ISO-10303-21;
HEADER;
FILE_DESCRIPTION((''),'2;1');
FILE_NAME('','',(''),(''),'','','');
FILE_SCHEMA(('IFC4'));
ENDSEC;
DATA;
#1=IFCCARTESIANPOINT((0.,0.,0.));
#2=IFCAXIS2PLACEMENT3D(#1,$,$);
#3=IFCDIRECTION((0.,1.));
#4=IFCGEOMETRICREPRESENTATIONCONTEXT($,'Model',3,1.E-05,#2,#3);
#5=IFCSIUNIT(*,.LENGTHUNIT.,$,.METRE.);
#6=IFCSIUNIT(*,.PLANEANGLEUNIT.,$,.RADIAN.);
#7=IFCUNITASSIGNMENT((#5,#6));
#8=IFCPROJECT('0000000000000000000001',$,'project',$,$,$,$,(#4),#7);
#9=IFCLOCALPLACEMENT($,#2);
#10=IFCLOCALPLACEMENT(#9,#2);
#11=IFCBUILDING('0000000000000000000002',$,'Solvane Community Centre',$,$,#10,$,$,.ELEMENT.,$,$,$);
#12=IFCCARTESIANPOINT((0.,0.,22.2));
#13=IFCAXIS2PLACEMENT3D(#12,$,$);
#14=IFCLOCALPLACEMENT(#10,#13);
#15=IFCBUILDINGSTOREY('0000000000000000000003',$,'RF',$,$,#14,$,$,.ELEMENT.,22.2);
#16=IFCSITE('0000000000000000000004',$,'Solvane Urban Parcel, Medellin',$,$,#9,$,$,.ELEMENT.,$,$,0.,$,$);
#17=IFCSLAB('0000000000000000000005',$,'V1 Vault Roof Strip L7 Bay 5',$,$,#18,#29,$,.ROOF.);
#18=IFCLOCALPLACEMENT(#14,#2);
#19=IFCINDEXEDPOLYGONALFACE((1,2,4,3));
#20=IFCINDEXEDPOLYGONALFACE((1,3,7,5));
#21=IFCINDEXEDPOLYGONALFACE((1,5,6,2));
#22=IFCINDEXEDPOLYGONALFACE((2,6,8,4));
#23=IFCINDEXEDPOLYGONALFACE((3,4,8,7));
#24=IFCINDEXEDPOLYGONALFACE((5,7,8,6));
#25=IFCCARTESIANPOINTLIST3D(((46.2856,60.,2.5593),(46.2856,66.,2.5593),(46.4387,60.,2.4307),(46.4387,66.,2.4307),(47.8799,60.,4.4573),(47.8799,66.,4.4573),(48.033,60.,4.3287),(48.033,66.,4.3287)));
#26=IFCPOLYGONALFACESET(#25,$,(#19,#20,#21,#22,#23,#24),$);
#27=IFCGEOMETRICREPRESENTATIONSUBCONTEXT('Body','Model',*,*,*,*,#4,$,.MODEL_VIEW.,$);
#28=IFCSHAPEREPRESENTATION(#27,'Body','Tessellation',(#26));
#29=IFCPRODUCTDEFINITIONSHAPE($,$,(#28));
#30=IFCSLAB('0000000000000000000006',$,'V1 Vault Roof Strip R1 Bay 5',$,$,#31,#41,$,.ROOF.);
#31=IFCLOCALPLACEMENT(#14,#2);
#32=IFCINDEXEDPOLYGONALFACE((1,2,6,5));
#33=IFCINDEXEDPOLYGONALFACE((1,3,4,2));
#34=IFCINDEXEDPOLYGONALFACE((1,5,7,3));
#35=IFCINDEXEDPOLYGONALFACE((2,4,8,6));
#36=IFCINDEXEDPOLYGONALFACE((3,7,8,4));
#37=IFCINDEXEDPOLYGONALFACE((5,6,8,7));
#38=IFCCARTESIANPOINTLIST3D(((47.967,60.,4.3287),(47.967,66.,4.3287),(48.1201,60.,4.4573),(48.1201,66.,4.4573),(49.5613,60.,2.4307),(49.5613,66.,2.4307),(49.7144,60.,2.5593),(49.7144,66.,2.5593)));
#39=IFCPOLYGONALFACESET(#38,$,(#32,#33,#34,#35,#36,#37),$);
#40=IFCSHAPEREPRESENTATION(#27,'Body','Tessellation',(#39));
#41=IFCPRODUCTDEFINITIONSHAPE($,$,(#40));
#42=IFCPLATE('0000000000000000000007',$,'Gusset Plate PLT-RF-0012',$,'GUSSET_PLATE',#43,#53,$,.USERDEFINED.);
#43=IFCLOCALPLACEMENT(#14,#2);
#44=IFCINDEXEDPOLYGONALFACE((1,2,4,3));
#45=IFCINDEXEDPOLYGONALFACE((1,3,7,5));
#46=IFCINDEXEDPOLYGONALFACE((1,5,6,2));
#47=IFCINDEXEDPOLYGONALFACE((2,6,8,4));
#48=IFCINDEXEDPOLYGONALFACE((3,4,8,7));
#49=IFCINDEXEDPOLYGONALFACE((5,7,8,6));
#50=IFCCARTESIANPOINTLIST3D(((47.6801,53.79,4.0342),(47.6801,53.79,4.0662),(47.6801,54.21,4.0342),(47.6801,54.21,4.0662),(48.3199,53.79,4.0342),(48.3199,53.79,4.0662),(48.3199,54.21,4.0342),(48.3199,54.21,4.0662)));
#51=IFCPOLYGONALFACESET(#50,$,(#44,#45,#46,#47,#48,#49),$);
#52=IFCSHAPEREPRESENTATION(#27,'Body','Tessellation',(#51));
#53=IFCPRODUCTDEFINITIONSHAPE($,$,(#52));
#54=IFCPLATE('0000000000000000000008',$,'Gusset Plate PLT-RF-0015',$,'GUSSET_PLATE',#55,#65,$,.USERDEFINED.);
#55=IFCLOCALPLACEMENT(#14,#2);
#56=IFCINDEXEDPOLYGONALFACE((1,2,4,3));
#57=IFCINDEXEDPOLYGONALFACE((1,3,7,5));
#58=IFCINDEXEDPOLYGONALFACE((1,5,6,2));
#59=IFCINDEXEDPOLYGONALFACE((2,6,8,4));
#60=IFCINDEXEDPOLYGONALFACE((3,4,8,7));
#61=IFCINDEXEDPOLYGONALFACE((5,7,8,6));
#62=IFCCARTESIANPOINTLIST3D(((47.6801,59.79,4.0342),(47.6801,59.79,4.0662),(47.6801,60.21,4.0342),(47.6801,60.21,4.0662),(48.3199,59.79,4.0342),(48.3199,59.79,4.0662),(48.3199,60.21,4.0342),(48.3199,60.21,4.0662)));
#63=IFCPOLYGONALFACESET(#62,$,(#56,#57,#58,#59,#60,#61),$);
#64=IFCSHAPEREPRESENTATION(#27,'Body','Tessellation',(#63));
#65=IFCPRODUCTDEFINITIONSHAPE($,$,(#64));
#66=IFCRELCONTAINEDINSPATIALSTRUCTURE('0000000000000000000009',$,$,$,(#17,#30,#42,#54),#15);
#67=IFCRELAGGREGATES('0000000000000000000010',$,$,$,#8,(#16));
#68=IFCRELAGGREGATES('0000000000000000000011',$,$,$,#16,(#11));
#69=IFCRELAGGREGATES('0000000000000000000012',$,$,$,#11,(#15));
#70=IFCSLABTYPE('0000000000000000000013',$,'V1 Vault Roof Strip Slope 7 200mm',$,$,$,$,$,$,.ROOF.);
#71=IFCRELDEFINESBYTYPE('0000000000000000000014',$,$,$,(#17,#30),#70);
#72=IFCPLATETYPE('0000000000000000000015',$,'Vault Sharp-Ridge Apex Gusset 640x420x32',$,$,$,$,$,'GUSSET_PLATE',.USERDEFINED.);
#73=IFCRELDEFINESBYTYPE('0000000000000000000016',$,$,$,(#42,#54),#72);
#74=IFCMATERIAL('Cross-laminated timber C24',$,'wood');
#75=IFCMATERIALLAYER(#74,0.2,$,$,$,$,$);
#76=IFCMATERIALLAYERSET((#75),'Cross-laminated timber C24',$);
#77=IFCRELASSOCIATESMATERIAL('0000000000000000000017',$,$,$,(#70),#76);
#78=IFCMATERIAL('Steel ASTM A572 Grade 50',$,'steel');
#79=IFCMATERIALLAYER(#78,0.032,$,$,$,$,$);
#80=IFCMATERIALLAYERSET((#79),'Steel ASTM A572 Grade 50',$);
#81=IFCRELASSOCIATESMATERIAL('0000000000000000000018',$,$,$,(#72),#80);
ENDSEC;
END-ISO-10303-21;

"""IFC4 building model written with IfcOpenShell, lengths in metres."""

from ifc_helpers import new_model, si_unit, direction, frame, origin, origin_2d, place, context, subcontext, project, spatial, polyline, rectangle, outline, extrude, material, layer, layer_set, type_object, element, save


model = new_model("IFC4")

# Units and contexts
model_context = context("Model", 3, precision=1e-05, world=origin(), true_north=direction((0.0, 1.0)))
body_context = subcontext(model_context, "Body", "Model", "MODEL_VIEW")
ifc_project = project(units=[si_unit("LENGTHUNIT", "METRE"), si_unit("PLANEANGLEUNIT", "RADIAN")], contexts=[model_context])

# Site, building, storey
site_placement = place(None, origin())
site = spatial("IfcSite", under=ifc_project, at=site_placement, Name="Solvane Urban Parcel, Medellin", CompositionType="ELEMENT", RefElevation=0.0)
building_placement = place(site_placement, origin())
building = spatial("IfcBuilding", under=site, at=building_placement, Name="Solvane Community Centre", CompositionType="ELEMENT")
storey_placement = place(building_placement, frame((0.0, 0.0, 22.2)))
storey = spatial("IfcBuildingStorey", under=building, at=storey_placement, Name="RF", CompositionType="ELEMENT", Elevation=22.2)

# Shared definitions
ifc_material_1 = material(Name="Steel ASTM A572 Grade 50", Category="steel")

# Slabs
ifc_material_2 = material(Name="Cross-laminated timber C24", Category="wood")
ifc_layer_1 = layer(ifc_material_2, 0.2)
ifc_layer_set_1 = layer_set([ifc_layer_1], Name="Cross-laminated timber C24")
slab_type_1 = type_object("IfcSlabType", Name="V1 Vault Roof Strip Slope 7 200mm", PredefinedType="ROOF", material=ifc_layer_set_1)
for number, where, z_axis, x_axis, name in (
    (1, (46.2856, 60.0, 2.5593), (-0.765713, 0.0, 0.643183), (0.643183, 0.0, 0.765713), "V1 Vault Roof Strip L7 Bay 5"),
    (2, (48.1201, 60.0, 4.4573), (0.765713, 0.0, 0.643183), (0.643183, 0.0, -0.765713), "V1 Vault Roof Strip R1 Bay 5"),
):
    element("IfcSlab", number, at=place(storey_placement, frame(where, z_axis=z_axis, x_axis=x_axis)), inside=storey, type_object=slab_type_1, Name=name, PredefinedType="ROOF", context=body_context, shape_type="SweptSolid", body=[
        extrude(outline(polyline([(0.0, 0.0), (2.4787, 0.0), (2.4787, 6.0), (0.0, 6.0), (0.0, 0.0)])), origin(), (0.0, 0.0, -1.0), 0.2),
    ])

# Plates
ifc_layer_2 = layer(ifc_material_1, 0.032)
ifc_layer_set_2 = layer_set([ifc_layer_2], Name="Steel ASTM A572 Grade 50")
plate_type_1 = type_object("IfcPlateType", Name="Vault Sharp-Ridge Apex Gusset 640x420x32", ElementType="GUSSET_PLATE", PredefinedType="USERDEFINED", material=ifc_layer_set_2)
for number, where, z_axis, x_axis, name in (
    (3, (48.0, 54.0, 4.0342), (0.0, 0.0, 1.0), (1.0, 0.0, 0.0), "Gusset Plate PLT-RF-0012"),
    (4, (48.0, 60.0, 4.0342), (0.0, 0.0, 1.0), (1.0, 0.0, 0.0), "Gusset Plate PLT-RF-0015"),
):
    element("IfcPlate", number, at=place(storey_placement, frame(where, z_axis=z_axis, x_axis=x_axis)), inside=storey, type_object=plate_type_1, Name=name, ObjectType="GUSSET_PLATE", PredefinedType="USERDEFINED", context=body_context, shape_type="SweptSolid", body=[
        extrude(rectangle(XDim=0.6399, YDim=0.4199, at=origin_2d()), origin(), (0.0, 0.0, 1.0), 0.032),
    ])

save(model, "model.ifc")
